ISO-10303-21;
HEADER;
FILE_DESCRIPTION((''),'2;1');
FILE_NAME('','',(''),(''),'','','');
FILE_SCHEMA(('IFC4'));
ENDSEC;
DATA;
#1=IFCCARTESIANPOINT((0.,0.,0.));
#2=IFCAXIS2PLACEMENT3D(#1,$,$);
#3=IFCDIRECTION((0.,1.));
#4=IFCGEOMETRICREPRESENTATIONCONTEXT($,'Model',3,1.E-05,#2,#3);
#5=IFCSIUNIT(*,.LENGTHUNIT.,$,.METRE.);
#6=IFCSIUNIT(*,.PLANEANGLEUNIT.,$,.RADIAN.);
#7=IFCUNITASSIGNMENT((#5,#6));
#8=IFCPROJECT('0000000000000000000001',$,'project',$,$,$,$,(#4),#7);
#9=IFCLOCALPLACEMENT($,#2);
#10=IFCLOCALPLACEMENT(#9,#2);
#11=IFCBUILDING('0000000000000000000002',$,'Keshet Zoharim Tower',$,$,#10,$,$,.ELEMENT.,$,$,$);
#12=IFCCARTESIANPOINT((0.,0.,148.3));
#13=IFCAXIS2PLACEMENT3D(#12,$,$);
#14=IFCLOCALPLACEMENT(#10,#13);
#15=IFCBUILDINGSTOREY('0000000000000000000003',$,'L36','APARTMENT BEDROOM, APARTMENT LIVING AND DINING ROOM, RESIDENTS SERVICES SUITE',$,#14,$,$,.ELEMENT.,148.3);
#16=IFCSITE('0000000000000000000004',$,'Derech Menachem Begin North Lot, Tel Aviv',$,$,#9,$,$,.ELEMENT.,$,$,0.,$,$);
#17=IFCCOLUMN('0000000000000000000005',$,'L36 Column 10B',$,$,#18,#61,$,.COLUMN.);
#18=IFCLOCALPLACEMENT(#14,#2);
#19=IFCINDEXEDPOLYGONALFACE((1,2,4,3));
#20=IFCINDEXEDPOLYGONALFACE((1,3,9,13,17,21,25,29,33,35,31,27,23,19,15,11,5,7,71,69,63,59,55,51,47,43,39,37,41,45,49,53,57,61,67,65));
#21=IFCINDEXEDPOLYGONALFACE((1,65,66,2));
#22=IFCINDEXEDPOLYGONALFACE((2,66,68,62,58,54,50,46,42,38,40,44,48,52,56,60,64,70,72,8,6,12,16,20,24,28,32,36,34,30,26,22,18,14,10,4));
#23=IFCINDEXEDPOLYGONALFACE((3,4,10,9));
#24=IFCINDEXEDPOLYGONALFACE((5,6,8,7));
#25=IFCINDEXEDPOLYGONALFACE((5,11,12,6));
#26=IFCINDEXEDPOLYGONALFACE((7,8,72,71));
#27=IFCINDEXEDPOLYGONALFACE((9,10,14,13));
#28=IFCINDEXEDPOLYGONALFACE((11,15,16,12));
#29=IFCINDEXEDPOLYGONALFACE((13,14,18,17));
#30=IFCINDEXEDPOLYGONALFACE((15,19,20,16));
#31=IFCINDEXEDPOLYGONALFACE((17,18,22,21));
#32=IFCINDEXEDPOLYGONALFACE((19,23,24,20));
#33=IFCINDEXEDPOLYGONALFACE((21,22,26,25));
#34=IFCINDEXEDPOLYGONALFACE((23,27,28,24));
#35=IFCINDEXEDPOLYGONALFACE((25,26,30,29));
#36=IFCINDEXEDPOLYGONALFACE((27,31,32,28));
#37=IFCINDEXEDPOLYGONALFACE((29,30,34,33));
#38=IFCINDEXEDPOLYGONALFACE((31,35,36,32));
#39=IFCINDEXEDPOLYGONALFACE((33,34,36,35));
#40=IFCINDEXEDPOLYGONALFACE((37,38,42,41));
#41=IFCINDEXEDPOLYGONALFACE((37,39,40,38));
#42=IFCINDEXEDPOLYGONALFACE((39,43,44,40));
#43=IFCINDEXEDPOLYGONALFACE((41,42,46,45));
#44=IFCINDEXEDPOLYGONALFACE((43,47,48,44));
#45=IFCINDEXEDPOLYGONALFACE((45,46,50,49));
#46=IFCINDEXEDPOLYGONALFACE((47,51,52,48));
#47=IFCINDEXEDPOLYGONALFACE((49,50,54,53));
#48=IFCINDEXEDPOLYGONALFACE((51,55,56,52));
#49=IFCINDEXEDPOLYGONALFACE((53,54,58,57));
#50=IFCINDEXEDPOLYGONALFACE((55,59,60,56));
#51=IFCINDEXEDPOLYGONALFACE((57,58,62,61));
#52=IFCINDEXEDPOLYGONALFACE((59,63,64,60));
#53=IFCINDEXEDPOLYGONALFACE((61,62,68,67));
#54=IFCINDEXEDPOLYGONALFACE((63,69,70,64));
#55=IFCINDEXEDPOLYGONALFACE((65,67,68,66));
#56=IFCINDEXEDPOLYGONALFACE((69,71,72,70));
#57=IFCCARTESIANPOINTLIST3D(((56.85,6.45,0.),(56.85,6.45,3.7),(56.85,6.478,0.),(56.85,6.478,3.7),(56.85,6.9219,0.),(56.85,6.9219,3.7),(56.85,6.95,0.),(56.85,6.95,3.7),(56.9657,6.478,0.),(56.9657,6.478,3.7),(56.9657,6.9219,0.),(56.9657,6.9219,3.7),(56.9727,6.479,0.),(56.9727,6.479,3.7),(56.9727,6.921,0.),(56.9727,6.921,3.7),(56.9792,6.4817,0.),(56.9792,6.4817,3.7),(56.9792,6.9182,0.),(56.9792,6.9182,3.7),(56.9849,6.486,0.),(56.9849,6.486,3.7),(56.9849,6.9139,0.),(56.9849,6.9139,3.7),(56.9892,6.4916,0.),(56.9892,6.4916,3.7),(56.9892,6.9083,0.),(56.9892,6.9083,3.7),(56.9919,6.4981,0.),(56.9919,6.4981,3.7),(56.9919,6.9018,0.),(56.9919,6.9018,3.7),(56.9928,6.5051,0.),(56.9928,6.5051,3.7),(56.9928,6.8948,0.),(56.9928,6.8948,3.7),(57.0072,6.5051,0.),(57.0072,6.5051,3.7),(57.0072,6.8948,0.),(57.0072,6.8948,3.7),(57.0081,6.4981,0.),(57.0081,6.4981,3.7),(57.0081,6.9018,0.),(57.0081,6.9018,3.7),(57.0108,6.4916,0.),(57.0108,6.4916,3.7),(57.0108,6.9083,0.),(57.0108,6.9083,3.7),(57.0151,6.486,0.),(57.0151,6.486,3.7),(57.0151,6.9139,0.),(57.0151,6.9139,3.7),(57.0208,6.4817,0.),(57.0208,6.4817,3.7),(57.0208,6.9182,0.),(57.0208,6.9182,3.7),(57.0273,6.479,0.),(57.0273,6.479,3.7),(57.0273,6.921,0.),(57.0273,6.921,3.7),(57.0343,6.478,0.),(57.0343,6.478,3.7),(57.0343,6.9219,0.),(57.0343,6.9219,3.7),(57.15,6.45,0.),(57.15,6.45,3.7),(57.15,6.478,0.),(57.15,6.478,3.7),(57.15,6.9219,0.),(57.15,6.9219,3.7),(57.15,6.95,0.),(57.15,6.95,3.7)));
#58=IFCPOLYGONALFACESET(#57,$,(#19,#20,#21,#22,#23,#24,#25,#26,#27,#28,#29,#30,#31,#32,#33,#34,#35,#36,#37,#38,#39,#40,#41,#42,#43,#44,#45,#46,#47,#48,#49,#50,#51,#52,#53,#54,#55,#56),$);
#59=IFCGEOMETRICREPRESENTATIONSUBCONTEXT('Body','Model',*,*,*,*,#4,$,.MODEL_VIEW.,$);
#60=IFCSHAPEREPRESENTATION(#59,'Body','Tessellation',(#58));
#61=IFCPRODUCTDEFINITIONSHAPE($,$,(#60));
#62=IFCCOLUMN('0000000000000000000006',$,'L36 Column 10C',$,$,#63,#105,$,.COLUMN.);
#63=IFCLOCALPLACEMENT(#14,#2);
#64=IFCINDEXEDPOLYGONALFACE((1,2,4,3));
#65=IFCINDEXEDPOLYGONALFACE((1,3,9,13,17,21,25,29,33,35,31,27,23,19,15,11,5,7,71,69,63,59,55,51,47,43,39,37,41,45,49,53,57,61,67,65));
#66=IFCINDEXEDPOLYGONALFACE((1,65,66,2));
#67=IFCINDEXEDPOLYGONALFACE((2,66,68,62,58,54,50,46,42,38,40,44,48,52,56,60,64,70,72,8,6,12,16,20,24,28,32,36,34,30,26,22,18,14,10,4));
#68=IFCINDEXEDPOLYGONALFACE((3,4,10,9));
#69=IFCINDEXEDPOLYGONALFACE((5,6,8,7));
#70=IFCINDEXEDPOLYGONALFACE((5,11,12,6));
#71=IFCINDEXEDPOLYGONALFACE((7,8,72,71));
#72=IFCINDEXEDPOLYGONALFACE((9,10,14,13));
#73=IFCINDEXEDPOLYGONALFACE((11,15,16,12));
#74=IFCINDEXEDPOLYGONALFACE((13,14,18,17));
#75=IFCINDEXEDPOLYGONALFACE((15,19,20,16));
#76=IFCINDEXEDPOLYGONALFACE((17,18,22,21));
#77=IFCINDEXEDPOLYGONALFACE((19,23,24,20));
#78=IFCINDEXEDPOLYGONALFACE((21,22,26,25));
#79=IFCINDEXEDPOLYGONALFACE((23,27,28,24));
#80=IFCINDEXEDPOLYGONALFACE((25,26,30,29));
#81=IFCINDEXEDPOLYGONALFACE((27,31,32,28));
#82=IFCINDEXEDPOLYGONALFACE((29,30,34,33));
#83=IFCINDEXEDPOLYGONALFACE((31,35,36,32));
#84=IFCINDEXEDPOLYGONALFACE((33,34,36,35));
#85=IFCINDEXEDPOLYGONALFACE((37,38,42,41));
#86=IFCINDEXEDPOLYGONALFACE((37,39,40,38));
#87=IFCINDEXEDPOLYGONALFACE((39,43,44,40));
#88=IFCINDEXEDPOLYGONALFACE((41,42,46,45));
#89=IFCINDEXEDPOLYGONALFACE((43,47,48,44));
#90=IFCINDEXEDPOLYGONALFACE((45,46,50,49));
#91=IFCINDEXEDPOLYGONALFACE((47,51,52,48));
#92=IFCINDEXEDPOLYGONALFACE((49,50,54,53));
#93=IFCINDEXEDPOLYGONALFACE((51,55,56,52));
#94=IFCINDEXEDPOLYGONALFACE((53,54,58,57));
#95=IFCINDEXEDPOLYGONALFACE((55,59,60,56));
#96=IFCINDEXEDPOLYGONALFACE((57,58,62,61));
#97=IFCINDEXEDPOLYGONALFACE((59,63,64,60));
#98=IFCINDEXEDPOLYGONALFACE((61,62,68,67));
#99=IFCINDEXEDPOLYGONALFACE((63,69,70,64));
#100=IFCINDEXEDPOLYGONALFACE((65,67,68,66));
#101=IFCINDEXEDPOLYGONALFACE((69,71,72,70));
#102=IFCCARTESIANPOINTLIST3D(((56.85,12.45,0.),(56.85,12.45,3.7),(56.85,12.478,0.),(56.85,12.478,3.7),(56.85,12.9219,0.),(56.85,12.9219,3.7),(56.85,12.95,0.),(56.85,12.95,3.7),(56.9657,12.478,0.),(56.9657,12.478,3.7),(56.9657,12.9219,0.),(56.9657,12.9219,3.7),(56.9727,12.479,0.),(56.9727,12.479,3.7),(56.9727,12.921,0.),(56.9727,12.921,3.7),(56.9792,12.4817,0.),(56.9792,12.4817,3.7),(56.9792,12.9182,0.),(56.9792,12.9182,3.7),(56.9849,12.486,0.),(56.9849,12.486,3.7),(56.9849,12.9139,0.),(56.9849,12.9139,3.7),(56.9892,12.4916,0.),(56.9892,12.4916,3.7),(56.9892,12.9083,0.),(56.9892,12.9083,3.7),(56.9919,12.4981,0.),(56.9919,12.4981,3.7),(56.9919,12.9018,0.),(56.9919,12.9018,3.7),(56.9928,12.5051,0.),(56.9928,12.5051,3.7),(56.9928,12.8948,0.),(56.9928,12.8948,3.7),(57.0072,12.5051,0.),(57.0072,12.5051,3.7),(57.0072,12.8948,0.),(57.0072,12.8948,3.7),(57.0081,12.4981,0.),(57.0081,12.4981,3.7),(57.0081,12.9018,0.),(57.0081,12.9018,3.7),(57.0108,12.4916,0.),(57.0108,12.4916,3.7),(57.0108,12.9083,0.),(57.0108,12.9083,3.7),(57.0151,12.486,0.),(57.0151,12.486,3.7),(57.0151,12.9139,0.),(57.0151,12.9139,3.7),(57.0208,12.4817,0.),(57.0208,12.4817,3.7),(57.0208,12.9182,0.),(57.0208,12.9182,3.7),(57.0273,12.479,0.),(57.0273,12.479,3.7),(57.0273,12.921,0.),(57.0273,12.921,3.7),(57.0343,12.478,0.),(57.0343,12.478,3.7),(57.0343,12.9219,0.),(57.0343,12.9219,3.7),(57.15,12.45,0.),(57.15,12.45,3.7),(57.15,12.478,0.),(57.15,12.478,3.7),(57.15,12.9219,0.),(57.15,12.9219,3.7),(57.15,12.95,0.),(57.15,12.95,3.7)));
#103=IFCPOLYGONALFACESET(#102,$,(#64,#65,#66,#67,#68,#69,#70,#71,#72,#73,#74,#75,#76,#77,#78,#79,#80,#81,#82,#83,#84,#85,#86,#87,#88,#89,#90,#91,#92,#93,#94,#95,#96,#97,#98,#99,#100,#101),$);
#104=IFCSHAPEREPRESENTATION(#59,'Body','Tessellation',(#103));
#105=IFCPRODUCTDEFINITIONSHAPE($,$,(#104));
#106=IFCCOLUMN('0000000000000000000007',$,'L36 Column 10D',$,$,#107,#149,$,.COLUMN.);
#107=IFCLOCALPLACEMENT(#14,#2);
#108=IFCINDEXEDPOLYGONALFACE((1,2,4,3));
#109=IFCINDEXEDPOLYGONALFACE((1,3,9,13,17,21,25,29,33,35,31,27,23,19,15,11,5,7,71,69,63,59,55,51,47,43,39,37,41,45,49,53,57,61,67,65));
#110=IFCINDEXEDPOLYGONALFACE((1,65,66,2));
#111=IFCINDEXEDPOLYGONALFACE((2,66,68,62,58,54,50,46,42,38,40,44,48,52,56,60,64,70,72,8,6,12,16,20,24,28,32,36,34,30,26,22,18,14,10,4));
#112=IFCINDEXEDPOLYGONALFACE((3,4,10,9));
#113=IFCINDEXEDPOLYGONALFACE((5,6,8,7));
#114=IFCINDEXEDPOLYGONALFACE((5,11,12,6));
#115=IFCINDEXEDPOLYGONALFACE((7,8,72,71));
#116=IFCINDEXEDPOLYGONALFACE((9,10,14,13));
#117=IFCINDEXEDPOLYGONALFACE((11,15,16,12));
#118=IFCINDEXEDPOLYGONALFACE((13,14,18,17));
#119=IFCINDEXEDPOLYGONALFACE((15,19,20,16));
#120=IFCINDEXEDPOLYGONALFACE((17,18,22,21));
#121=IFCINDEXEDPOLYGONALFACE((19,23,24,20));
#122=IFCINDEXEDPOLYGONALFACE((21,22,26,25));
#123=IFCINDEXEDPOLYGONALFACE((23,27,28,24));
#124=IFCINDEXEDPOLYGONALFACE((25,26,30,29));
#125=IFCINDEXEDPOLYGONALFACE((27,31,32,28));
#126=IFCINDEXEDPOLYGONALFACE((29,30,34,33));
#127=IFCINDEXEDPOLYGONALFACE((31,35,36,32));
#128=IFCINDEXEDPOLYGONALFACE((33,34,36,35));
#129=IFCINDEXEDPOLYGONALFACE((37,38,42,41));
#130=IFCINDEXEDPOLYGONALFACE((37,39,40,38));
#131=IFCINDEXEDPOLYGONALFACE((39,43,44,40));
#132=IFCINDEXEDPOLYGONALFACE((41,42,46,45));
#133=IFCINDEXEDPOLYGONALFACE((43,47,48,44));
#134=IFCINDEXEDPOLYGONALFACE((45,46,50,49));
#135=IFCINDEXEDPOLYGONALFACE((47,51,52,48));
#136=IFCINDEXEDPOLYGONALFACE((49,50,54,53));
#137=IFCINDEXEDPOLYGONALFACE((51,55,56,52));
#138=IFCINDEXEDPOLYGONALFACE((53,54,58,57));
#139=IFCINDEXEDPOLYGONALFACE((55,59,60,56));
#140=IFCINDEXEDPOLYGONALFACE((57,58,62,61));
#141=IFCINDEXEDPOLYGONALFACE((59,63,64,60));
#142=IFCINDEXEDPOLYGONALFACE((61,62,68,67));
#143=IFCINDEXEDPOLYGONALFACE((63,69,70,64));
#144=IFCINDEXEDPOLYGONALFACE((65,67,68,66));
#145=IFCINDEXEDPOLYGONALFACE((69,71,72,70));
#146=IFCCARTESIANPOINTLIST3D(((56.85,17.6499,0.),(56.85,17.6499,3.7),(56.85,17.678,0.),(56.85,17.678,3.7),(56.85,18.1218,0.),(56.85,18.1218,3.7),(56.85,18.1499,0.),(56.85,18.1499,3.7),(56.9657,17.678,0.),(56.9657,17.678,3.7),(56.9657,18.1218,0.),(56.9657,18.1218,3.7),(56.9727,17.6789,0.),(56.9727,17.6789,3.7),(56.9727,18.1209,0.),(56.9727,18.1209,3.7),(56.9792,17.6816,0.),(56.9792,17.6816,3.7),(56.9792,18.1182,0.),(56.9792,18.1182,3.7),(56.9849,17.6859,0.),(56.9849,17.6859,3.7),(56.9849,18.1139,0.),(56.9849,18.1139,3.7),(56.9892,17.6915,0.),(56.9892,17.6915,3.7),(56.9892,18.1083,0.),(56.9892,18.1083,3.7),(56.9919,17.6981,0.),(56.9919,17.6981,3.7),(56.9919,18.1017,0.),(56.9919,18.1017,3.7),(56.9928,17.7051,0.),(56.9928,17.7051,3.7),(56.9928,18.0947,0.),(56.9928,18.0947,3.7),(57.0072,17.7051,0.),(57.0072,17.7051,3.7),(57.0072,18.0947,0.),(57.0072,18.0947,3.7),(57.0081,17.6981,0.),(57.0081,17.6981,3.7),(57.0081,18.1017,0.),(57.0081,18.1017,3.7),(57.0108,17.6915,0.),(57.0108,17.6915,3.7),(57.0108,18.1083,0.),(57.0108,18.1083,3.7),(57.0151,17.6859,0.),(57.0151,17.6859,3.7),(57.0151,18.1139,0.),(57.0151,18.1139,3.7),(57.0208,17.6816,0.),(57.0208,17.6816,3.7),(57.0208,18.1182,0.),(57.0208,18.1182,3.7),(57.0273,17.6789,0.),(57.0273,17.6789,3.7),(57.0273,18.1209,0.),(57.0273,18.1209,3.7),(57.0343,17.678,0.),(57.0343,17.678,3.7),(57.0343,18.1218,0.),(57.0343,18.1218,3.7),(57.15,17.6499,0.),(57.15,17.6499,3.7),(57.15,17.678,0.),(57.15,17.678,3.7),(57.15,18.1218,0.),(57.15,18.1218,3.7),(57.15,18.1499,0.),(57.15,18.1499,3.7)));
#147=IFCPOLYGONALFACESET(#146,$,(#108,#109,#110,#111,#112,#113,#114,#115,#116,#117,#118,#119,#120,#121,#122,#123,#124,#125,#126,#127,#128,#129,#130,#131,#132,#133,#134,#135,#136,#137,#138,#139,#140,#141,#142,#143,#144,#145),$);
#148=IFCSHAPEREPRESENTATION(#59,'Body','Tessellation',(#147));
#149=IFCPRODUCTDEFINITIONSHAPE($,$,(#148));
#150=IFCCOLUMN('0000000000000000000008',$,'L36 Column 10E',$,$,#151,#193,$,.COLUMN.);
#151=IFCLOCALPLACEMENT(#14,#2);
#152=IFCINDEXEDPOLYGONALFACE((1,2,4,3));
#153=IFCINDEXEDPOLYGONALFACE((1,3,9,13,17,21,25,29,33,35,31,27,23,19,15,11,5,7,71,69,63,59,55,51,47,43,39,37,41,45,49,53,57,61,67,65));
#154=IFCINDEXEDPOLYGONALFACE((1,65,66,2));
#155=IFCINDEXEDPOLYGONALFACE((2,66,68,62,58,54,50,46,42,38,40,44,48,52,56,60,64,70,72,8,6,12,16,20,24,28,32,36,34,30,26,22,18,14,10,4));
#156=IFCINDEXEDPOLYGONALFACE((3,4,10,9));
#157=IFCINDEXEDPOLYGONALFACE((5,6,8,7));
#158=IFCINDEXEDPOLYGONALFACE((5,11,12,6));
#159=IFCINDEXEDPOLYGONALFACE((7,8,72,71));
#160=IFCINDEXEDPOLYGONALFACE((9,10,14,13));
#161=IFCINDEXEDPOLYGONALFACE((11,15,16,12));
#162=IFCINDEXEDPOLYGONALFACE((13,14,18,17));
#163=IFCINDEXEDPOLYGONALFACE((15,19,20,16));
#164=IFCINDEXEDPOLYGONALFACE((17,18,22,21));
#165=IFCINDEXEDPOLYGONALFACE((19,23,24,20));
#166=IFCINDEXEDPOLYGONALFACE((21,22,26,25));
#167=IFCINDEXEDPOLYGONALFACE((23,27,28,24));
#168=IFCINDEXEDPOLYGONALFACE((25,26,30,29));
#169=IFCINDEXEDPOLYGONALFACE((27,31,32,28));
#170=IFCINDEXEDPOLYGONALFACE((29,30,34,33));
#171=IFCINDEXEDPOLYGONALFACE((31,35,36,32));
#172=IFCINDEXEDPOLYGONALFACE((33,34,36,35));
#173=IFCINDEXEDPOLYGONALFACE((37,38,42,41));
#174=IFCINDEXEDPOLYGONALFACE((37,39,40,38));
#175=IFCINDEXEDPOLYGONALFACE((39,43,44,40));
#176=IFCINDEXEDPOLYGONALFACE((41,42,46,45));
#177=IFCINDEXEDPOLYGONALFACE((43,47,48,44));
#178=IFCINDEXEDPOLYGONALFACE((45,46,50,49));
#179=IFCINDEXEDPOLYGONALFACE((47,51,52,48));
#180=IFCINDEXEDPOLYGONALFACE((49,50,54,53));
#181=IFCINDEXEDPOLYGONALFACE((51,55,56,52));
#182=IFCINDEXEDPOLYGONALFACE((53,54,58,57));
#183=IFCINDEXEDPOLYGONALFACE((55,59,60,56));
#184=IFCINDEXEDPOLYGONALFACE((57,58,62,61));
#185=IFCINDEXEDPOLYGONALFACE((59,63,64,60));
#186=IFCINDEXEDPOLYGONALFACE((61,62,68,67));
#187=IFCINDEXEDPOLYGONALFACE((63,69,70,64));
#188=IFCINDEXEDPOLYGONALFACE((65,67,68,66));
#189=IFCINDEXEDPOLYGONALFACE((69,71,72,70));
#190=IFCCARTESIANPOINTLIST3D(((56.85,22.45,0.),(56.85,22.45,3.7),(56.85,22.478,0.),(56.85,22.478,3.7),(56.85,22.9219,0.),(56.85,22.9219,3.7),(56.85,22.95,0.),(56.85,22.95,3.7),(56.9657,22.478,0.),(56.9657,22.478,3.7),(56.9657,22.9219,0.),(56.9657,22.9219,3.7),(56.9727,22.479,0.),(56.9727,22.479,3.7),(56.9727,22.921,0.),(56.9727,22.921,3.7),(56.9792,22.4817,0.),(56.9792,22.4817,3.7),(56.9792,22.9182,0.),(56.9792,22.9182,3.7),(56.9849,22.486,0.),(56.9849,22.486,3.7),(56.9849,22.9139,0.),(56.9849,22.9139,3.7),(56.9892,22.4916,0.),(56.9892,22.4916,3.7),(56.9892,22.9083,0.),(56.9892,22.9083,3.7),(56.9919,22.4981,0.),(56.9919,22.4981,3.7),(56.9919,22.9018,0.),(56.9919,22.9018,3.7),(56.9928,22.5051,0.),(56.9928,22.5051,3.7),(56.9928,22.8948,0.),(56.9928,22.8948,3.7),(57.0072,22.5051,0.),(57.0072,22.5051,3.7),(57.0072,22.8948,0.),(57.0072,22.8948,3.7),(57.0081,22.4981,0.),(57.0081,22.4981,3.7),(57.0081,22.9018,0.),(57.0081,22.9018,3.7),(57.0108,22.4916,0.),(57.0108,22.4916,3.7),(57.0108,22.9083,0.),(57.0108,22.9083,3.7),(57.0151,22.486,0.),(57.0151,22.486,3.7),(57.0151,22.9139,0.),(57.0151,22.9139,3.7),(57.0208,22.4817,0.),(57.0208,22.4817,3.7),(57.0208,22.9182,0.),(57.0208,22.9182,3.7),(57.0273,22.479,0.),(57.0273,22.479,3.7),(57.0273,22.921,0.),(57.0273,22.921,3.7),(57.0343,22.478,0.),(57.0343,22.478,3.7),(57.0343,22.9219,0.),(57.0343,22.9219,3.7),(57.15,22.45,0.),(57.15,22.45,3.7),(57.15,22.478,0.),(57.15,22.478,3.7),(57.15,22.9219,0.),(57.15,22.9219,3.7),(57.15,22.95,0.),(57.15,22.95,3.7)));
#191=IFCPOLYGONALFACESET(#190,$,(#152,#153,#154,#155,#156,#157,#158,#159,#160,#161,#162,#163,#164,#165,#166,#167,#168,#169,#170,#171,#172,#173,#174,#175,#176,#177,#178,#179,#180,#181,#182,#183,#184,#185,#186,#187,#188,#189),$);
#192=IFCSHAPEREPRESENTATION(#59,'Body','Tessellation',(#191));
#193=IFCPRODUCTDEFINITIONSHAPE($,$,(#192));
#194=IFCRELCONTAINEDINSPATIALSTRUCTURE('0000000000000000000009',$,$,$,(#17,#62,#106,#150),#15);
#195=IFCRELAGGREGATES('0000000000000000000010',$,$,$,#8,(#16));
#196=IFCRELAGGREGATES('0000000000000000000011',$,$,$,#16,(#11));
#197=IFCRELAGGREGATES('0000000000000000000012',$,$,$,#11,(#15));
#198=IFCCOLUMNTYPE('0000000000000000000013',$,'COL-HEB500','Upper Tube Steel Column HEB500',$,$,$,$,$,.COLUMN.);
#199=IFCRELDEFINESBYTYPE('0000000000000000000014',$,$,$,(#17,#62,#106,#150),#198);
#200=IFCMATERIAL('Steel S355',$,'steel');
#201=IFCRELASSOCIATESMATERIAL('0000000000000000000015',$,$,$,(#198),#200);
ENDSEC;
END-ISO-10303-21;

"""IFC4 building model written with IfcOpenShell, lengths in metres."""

from ifc_helpers import new_model, si_unit, direction, frame, origin, origin_2d, place, context, subcontext, project, spatial, i_section, extrude, material, material_profile, profile_set, type_object, element, save


model = new_model("IFC4")

# Units and contexts
model_context = context("Model", 3, precision=1e-05, world=origin(), true_north=direction((0.0, 1.0)))
body_context = subcontext(model_context, "Body", "Model", "MODEL_VIEW")
ifc_project = project(units=[si_unit("LENGTHUNIT", "METRE"), si_unit("PLANEANGLEUNIT", "RADIAN")], contexts=[model_context])

# Site, building, storey
site_placement = place(None, origin())
site = spatial("IfcSite", under=ifc_project, at=site_placement, Name="Derech Menachem Begin North Lot, Tel Aviv", CompositionType="ELEMENT", RefElevation=0.0)
building_placement = place(site_placement, origin())
building = spatial("IfcBuilding", under=site, at=building_placement, Name="Keshet Zoharim Tower", CompositionType="ELEMENT")
storey_placement = place(building_placement, frame((0.0, 0.0, 148.3)))
storey = spatial("IfcBuildingStorey", under=building, at=storey_placement, Name="L36", Description="APARTMENT BEDROOM, APARTMENT LIVING AND DINING ROOM, RESIDENTS SERVICES SUITE", CompositionType="ELEMENT", Elevation=148.3)

# Columns
ifc_material_1 = material(Name="Steel S355", Category="steel")
ifc_material_profile_1 = material_profile(ifc_material_1, i_section(OverallWidth=0.3, OverallDepth=0.5, WebThickness=0.0144, FlangeThickness=0.0281, FilletRadius=0.0271, at=origin_2d()), Name="HEB500")
ifc_profile_set_1 = profile_set([ifc_material_profile_1], Name="Steel S355")
column_type = type_object("IfcColumnType", Name="COL-HEB500", Description="Upper Tube Steel Column HEB500", PredefinedType="COLUMN", material=ifc_profile_set_1)
for number, where, z_axis, x_axis, name in (
    (1, (57.0, 6.7, 0.0), (0.0, 0.0, 1.0), (1.0, 0.0, 0.0), "L36 Column 10B"),
    (2, (57.0, 12.7, 0.0), (0.0, 0.0, 1.0), (1.0, 0.0, 0.0), "L36 Column 10C"),
    (3, (57.0, 17.8999, 0.0), (0.0, 0.0, 1.0), (1.0, 0.0, 0.0), "L36 Column 10D"),
    (4, (57.0, 22.7, 0.0), (0.0, 0.0, 1.0), (1.0, 0.0, 0.0), "L36 Column 10E"),
):
    element("IfcColumn", number, at=place(storey_placement, frame(where, z_axis=z_axis, x_axis=x_axis)), inside=storey, type_object=column_type, Name=name, PredefinedType="COLUMN", context=body_context, shape_type="SweptSolid", body=[
        extrude(i_section(OverallWidth=0.3, OverallDepth=0.5, WebThickness=0.0144, FlangeThickness=0.0281, FilletRadius=0.0271, at=origin_2d()), origin(), (0.0, 0.0, 1.0), 3.7),
    ])

save(model, "model.ifc")
